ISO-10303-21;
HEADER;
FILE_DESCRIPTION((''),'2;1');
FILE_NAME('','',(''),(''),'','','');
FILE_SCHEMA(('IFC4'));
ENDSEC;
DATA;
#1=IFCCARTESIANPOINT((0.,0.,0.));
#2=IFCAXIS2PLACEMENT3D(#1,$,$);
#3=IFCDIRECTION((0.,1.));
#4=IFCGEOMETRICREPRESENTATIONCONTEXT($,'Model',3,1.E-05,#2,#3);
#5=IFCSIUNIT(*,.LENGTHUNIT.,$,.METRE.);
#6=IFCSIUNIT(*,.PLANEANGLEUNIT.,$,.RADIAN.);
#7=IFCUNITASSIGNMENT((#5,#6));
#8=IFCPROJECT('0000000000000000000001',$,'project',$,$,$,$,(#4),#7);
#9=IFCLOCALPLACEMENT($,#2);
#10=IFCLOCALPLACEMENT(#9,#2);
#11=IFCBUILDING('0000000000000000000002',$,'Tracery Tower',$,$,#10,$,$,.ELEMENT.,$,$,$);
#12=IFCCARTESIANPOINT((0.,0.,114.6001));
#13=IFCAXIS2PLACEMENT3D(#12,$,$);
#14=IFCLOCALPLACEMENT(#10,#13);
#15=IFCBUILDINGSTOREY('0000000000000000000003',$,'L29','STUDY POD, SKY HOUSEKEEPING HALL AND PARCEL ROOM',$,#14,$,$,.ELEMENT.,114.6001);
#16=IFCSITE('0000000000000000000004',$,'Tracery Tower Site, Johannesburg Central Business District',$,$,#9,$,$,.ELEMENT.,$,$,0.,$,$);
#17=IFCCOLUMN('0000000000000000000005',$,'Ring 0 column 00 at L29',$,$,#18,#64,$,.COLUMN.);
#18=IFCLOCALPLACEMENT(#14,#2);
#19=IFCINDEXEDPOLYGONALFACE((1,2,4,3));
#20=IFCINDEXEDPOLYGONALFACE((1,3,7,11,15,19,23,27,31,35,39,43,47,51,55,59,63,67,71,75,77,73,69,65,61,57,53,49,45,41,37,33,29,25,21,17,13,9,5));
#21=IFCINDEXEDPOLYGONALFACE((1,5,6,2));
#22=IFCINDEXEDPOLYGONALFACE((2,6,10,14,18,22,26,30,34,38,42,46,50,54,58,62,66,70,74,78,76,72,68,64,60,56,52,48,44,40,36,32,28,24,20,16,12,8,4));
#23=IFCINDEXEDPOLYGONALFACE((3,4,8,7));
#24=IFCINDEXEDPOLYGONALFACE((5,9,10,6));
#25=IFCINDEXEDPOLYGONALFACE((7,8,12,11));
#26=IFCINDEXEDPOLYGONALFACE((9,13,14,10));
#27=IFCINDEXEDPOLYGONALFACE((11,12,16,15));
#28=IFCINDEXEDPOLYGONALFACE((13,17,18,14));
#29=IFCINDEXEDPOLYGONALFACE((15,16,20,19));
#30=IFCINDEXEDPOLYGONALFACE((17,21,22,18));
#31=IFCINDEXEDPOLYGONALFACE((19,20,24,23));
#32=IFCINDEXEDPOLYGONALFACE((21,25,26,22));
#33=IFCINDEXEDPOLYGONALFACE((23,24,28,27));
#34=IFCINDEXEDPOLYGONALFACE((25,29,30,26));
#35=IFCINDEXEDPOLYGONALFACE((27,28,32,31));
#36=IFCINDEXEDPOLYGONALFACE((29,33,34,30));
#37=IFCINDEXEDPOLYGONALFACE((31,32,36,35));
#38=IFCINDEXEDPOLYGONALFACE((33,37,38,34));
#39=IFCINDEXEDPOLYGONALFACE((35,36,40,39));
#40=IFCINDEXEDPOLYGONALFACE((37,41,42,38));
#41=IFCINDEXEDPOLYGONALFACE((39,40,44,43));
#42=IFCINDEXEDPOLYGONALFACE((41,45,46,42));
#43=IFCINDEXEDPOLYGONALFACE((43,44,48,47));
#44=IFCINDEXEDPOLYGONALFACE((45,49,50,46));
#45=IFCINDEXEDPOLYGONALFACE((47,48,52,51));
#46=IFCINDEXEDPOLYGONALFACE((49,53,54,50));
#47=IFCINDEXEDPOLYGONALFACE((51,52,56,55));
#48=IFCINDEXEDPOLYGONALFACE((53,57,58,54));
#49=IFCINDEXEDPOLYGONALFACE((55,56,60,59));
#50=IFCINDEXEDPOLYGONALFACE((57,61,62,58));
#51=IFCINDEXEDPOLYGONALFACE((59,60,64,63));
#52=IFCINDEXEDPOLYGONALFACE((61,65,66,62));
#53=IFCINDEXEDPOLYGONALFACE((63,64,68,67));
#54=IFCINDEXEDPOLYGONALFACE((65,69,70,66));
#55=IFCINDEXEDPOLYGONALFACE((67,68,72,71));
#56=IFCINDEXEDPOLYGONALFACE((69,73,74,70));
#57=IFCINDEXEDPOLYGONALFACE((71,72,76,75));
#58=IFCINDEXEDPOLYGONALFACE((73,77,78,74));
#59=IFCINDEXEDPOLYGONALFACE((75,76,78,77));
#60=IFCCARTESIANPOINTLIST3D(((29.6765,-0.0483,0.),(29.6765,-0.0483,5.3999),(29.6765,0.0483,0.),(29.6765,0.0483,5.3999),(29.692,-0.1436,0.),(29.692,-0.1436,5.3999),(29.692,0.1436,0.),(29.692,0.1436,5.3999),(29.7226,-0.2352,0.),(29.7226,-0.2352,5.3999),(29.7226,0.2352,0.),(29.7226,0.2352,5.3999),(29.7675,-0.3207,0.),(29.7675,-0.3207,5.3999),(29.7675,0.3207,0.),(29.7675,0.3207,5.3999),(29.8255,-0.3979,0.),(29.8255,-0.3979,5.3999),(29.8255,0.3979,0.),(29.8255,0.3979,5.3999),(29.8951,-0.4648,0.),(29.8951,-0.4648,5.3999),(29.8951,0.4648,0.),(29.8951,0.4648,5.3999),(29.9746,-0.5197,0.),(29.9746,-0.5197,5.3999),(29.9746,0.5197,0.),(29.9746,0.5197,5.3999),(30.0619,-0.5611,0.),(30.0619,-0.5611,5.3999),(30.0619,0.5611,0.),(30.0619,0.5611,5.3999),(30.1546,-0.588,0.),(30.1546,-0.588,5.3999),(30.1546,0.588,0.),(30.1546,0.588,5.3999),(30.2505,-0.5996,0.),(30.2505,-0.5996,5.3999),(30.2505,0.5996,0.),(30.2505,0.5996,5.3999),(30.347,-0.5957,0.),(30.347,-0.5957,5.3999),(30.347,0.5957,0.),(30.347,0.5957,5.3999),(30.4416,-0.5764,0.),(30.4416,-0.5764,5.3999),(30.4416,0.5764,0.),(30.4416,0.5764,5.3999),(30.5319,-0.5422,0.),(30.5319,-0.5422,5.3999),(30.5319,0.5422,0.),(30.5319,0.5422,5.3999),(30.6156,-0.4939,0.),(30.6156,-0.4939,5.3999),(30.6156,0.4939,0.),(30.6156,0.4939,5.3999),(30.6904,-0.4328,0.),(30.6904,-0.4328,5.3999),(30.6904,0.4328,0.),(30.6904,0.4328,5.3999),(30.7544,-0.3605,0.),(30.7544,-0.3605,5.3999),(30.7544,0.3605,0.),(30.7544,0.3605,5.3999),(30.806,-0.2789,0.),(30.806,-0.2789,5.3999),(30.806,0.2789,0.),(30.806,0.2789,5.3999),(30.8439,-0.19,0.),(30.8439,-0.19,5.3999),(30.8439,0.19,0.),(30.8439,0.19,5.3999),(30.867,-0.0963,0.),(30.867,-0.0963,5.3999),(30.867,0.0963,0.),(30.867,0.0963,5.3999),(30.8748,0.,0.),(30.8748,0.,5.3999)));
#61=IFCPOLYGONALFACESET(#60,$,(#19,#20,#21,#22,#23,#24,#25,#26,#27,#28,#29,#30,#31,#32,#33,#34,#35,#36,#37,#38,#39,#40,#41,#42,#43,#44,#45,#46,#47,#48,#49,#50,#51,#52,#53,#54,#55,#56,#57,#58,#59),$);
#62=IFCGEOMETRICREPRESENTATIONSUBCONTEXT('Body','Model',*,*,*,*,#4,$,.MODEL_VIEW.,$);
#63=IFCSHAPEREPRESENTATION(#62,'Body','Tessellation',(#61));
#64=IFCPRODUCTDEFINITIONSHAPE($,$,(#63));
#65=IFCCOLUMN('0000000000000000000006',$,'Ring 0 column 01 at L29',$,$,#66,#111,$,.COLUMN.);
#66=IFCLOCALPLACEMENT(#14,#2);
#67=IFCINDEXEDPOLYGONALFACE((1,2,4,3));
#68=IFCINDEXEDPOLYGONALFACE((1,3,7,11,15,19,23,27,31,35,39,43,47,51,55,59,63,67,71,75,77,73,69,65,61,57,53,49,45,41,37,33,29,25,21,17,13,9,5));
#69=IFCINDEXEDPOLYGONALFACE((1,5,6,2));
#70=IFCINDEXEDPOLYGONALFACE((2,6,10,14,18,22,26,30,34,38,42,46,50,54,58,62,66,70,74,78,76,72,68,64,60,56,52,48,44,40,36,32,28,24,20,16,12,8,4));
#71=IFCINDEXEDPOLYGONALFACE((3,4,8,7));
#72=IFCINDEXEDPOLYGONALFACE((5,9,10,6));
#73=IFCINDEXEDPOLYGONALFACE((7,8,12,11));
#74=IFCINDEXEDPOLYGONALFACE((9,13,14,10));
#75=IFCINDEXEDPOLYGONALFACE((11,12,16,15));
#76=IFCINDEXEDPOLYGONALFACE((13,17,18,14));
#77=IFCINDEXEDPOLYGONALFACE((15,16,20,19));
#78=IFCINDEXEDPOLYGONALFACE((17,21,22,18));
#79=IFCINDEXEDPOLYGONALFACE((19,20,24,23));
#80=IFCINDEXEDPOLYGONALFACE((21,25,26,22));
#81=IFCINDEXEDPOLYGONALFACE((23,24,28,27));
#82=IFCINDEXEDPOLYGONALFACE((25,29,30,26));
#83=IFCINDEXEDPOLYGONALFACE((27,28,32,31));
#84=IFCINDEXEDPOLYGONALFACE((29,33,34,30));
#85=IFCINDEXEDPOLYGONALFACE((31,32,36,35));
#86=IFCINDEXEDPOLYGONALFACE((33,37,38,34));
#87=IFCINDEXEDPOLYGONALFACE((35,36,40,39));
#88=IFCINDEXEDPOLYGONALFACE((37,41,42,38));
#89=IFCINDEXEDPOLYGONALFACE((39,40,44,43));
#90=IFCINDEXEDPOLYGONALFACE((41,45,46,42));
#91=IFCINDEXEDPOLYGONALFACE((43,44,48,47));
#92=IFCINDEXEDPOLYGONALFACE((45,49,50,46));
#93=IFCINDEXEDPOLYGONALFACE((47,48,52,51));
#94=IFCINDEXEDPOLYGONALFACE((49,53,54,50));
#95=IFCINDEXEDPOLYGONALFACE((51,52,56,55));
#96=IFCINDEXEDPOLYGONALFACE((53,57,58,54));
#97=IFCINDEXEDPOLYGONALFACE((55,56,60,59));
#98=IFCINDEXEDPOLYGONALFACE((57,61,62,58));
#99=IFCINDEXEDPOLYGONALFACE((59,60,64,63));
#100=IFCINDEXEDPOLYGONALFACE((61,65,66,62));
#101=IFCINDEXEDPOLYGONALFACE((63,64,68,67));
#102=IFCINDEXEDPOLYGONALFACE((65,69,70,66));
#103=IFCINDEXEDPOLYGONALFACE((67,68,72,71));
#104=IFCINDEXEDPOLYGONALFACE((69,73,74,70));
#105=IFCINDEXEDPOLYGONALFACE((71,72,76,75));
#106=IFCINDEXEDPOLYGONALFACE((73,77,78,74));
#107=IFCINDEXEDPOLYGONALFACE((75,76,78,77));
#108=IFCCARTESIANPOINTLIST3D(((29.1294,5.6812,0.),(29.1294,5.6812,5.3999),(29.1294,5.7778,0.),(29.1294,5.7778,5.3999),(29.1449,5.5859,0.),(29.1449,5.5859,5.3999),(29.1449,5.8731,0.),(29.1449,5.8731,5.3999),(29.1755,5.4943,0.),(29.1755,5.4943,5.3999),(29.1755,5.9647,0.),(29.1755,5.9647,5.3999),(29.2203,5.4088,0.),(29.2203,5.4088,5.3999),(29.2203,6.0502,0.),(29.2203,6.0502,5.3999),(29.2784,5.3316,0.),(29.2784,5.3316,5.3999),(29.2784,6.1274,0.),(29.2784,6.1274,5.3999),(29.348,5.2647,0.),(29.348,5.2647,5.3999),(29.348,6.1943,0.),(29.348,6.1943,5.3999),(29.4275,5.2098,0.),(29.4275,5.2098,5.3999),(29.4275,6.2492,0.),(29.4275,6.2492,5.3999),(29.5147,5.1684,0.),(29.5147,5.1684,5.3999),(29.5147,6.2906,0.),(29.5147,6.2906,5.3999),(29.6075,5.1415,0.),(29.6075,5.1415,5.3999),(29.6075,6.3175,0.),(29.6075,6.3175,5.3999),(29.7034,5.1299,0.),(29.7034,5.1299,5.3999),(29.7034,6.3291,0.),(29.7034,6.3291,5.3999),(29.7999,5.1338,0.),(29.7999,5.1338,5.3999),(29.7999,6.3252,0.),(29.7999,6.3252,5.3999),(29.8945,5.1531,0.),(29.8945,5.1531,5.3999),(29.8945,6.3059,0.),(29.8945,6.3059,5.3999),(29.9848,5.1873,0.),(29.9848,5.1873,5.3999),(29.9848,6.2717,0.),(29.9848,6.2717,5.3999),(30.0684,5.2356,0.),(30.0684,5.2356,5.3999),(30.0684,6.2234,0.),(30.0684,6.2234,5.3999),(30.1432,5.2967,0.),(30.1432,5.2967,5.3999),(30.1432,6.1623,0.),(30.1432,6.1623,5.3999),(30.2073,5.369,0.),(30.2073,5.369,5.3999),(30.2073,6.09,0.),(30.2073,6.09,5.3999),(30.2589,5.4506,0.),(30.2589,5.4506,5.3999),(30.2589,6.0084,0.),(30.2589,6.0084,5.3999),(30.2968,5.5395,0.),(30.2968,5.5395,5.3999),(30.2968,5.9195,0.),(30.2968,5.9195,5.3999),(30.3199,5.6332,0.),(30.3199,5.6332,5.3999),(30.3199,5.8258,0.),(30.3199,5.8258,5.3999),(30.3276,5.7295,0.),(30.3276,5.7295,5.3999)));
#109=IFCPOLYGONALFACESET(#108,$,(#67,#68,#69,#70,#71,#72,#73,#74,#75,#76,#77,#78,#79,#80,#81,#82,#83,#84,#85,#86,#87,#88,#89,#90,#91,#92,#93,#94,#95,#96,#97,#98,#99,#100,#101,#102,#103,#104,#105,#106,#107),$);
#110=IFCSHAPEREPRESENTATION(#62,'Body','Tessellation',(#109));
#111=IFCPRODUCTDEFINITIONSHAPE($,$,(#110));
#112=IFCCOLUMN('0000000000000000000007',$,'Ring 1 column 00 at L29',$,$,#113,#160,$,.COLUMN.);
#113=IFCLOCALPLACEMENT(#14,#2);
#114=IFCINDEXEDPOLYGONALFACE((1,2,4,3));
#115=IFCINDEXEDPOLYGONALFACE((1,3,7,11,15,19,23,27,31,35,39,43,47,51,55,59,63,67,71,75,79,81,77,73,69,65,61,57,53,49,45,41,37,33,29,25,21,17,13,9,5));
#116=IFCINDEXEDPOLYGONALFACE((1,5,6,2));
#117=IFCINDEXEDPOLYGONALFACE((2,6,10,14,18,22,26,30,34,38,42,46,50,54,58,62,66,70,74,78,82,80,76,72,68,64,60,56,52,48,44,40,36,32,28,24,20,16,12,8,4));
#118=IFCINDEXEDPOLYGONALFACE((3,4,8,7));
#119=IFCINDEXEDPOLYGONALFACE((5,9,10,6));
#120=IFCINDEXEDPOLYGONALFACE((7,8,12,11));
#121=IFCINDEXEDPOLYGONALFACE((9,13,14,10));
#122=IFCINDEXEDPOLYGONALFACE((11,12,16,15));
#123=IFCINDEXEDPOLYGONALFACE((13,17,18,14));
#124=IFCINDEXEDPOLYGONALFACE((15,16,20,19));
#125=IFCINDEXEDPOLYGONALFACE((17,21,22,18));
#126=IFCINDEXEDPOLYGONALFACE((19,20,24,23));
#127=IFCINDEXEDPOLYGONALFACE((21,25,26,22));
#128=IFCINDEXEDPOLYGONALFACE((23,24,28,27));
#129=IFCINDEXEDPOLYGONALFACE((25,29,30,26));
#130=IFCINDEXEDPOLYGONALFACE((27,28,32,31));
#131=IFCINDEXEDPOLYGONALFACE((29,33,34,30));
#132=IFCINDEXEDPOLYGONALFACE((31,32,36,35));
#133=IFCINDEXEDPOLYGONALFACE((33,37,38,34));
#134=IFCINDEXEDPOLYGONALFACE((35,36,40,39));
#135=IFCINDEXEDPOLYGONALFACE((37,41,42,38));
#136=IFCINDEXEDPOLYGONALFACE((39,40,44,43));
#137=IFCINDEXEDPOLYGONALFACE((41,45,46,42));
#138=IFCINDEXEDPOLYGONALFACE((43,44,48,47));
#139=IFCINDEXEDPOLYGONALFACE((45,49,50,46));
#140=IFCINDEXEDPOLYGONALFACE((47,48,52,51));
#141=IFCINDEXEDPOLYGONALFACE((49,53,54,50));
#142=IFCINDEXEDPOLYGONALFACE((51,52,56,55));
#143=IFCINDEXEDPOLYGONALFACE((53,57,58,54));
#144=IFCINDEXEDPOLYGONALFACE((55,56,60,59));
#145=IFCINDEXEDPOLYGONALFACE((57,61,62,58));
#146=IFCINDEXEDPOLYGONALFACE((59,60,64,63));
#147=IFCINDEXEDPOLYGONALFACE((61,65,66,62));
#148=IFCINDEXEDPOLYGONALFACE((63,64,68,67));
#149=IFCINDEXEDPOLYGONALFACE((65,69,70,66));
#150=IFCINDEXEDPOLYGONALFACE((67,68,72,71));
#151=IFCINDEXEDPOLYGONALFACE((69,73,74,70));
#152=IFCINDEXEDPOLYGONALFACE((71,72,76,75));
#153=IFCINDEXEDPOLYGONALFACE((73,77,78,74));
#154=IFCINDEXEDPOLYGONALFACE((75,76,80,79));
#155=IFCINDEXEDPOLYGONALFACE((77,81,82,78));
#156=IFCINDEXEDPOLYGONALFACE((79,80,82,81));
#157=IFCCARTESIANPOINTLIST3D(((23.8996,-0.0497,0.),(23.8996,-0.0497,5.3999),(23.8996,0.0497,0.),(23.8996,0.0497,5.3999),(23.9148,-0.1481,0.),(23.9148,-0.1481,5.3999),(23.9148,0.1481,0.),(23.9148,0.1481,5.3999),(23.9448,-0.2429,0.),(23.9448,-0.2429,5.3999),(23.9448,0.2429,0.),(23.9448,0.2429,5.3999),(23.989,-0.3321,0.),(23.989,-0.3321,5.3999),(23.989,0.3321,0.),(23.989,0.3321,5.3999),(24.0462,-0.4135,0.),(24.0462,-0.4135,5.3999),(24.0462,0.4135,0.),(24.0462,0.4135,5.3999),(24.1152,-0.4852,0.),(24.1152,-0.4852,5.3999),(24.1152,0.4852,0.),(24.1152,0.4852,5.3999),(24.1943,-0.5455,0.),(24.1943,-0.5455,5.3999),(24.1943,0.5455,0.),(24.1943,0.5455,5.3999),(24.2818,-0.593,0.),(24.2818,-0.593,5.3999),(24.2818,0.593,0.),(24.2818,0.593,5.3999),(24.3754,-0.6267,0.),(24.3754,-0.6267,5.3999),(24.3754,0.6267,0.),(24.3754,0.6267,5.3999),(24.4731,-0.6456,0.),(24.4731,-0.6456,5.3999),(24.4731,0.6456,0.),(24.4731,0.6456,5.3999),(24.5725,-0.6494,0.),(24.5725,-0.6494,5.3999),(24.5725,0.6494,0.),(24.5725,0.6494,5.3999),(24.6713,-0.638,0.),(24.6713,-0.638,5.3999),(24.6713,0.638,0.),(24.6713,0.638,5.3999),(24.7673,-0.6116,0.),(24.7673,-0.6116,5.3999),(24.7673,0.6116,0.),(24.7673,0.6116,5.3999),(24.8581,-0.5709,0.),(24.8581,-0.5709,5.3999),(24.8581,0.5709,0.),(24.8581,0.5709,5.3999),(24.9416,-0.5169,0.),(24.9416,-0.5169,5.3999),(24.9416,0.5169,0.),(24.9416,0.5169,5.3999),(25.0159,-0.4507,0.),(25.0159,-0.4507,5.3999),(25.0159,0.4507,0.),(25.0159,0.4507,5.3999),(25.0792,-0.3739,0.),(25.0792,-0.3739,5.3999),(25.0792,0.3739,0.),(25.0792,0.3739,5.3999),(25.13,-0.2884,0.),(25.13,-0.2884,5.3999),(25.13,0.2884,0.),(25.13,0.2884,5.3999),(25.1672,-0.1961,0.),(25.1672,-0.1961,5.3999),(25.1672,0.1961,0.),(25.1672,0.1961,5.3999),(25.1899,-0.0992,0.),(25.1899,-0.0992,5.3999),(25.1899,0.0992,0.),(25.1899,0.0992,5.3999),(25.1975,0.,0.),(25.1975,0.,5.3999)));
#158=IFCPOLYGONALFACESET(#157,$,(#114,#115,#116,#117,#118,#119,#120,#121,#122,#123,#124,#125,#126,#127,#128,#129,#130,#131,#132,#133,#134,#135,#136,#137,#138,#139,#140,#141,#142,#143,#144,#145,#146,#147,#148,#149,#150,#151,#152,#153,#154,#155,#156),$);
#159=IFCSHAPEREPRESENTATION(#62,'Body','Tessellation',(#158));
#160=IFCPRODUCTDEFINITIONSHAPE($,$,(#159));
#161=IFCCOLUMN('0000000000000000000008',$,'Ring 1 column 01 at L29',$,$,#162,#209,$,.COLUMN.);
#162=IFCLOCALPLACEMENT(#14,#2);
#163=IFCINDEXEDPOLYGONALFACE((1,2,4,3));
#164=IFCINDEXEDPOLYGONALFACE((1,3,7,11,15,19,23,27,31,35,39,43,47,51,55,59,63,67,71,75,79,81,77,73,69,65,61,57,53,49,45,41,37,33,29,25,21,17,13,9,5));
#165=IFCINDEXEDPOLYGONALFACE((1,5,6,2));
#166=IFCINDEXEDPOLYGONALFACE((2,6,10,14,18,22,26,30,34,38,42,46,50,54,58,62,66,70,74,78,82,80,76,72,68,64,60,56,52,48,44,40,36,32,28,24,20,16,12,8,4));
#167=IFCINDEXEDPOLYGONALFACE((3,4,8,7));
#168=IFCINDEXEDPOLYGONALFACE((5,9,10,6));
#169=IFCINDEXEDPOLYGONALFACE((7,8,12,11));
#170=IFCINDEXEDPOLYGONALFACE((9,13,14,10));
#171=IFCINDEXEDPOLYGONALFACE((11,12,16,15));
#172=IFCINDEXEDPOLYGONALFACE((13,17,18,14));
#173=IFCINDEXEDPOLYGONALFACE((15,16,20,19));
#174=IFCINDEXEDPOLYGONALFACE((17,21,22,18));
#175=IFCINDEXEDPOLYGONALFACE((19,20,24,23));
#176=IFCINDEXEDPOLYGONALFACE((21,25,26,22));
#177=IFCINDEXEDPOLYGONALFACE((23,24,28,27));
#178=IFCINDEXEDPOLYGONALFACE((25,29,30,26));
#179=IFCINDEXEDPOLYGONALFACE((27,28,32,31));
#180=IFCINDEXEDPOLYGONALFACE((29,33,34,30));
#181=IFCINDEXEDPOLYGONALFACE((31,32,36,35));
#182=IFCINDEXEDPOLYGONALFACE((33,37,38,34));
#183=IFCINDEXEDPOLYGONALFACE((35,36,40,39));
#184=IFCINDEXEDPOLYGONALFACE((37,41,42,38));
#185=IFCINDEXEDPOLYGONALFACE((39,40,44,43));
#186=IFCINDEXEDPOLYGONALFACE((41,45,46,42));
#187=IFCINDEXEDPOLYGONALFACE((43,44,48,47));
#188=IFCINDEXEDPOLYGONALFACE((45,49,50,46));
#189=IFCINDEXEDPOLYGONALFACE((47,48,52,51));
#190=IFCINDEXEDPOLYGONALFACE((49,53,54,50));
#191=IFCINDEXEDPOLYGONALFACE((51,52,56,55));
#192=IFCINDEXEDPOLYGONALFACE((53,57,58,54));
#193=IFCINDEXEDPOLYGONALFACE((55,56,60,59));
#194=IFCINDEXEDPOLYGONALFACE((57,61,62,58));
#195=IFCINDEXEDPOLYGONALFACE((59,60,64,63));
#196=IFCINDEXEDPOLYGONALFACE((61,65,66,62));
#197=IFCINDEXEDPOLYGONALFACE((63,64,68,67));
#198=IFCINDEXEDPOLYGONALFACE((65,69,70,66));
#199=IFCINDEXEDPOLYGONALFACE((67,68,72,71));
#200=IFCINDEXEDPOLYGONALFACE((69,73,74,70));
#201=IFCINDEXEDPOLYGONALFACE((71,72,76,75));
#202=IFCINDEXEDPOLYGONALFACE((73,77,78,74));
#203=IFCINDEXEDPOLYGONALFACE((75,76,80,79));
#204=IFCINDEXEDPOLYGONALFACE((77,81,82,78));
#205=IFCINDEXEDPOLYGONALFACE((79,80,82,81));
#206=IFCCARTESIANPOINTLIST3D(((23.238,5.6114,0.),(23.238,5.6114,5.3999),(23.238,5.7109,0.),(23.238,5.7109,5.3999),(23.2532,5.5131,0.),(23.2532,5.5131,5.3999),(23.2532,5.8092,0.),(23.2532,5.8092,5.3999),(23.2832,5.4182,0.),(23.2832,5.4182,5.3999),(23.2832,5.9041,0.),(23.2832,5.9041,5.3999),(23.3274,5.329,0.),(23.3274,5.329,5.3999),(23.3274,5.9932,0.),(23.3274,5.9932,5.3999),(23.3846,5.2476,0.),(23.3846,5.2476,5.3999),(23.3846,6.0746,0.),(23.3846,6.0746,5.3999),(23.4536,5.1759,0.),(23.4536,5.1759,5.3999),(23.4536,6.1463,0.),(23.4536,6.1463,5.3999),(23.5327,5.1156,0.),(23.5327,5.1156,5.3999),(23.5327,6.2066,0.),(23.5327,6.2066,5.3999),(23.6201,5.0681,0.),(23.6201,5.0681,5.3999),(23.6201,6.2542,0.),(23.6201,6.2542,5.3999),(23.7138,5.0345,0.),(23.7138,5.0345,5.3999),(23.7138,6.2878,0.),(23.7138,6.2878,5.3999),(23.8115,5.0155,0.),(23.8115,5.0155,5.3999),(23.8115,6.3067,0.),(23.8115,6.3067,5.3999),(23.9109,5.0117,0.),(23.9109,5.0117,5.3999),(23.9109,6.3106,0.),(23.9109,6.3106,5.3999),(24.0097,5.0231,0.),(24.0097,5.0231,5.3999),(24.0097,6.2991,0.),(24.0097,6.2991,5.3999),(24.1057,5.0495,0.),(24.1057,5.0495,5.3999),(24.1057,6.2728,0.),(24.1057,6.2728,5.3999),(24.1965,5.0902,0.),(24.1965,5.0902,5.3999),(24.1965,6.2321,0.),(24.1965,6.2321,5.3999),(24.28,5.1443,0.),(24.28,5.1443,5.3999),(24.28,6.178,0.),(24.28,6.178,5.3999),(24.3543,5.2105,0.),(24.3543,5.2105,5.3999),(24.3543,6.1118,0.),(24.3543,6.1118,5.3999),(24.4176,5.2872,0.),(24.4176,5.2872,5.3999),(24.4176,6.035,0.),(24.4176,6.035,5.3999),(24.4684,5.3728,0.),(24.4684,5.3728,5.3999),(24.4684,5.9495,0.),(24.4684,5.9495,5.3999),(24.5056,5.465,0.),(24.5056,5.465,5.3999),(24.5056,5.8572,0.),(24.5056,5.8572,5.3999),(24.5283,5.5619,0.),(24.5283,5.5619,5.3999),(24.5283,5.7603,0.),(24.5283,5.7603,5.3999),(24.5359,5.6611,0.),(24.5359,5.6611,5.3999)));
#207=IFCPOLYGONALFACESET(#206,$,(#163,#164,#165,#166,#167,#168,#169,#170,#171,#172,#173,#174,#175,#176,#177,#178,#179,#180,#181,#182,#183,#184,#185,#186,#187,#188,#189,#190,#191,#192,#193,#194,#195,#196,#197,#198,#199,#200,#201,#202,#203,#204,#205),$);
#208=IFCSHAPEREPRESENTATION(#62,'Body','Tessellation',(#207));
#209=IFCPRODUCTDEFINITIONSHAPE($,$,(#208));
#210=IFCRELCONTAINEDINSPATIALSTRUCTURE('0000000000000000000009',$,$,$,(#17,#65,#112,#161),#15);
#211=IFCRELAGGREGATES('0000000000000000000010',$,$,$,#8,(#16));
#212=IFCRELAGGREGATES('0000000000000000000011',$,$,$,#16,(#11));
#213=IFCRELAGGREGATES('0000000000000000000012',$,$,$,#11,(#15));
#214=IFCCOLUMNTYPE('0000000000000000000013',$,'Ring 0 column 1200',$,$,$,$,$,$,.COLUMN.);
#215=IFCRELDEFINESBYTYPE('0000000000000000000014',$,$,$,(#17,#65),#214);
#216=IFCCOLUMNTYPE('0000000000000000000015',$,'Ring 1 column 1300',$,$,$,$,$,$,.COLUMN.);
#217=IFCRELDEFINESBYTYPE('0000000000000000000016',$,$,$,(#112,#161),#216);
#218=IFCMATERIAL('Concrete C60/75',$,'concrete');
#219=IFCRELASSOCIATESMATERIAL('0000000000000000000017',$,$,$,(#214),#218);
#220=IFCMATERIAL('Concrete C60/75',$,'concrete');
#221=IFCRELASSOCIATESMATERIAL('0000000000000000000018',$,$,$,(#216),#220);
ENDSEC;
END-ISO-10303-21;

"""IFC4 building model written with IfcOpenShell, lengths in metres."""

from ifc_helpers import new_model, si_unit, direction, frame, origin, origin_2d, place, context, subcontext, project, spatial, circle, extrude, material, material_profile, profile_set, type_object, element, save


model = new_model("IFC4")

# Units and contexts
model_context = context("Model", 3, precision=1e-05, world=origin(), true_north=direction((0.0, 1.0)))
body_context = subcontext(model_context, "Body", "Model", "MODEL_VIEW")
ifc_project = project(units=[si_unit("LENGTHUNIT", "METRE"), si_unit("PLANEANGLEUNIT", "RADIAN")], contexts=[model_context])

# Site, building, storey
site_placement = place(None, origin())
site = spatial("IfcSite", under=ifc_project, at=site_placement, Name="Tracery Tower Site, Johannesburg Central Business District", CompositionType="ELEMENT", RefElevation=0.0)
building_placement = place(site_placement, origin())
building = spatial("IfcBuilding", under=site, at=building_placement, Name="Tracery Tower", CompositionType="ELEMENT")
storey_placement = place(building_placement, frame((0.0, 0.0, 114.6001)))
storey = spatial("IfcBuildingStorey", under=building, at=storey_placement, Name="L29", Description="STUDY POD, SKY HOUSEKEEPING HALL AND PARCEL ROOM", CompositionType="ELEMENT", Elevation=114.6001)

# Columns
ifc_material_1 = material(Name="Concrete C60/75", Category="concrete")
ifc_material_profile_1 = material_profile(ifc_material_1, circle(Radius=0.6001, at=origin_2d()), Name="RC D1200")
ifc_profile_set_1 = profile_set([ifc_material_profile_1], Name="Concrete C60/75")
column_type_1 = type_object("IfcColumnType", Name="Ring 0 column 1200", PredefinedType="COLUMN", material=ifc_profile_set_1)
for number, where, z_axis, x_axis, name in (
    (1, (30.2747, 0.0, 0.0), (0.0, 0.0, 1.0), (1.0, 0.0, 0.0), "Ring 0 column 00 at L29"),
    (2, (29.7275, 5.7295, 0.0), (0.0, 0.0, 1.0), (1.0, 0.0, 0.0), "Ring 0 column 01 at L29"),
):
    element("IfcColumn", number, at=place(storey_placement, frame(where, z_axis=z_axis, x_axis=x_axis)), inside=storey, type_object=column_type_1, Name=name, PredefinedType="COLUMN", context=body_context, shape_type="SweptSolid", body=[
        extrude(circle(Radius=0.6001, at=origin_2d()), origin(), (0.0, 0.0, 1.0), 5.3999),
    ])
ifc_material_2 = material(Name="Concrete C60/75", Category="concrete")
ifc_material_profile_2 = material_profile(ifc_material_2, circle(Radius=0.6499, at=origin_2d()), Name="RC D1300")
ifc_profile_set_2 = profile_set([ifc_material_profile_2], Name="Concrete C60/75")
column_type_2 = type_object("IfcColumnType", Name="Ring 1 column 1300", PredefinedType="COLUMN", material=ifc_profile_set_2)
for number, where, z_axis, x_axis, name in (
    (3, (24.5476, 0.0, 0.0), (0.0, 0.0, 1.0), (1.0, 0.0, 0.0), "Ring 1 column 00 at L29"),
    (4, (23.886, 5.6611, 0.0), (0.0, 0.0, 1.0), (1.0, 0.0, 0.0), "Ring 1 column 01 at L29"),
):
    element("IfcColumn", number, at=place(storey_placement, frame(where, z_axis=z_axis, x_axis=x_axis)), inside=storey, type_object=column_type_2, Name=name, PredefinedType="COLUMN", context=body_context, shape_type="SweptSolid", body=[
        extrude(circle(Radius=0.6499, at=origin_2d()), origin(), (0.0, 0.0, 1.0), 5.3999),
    ])

save(model, "model.ifc")
